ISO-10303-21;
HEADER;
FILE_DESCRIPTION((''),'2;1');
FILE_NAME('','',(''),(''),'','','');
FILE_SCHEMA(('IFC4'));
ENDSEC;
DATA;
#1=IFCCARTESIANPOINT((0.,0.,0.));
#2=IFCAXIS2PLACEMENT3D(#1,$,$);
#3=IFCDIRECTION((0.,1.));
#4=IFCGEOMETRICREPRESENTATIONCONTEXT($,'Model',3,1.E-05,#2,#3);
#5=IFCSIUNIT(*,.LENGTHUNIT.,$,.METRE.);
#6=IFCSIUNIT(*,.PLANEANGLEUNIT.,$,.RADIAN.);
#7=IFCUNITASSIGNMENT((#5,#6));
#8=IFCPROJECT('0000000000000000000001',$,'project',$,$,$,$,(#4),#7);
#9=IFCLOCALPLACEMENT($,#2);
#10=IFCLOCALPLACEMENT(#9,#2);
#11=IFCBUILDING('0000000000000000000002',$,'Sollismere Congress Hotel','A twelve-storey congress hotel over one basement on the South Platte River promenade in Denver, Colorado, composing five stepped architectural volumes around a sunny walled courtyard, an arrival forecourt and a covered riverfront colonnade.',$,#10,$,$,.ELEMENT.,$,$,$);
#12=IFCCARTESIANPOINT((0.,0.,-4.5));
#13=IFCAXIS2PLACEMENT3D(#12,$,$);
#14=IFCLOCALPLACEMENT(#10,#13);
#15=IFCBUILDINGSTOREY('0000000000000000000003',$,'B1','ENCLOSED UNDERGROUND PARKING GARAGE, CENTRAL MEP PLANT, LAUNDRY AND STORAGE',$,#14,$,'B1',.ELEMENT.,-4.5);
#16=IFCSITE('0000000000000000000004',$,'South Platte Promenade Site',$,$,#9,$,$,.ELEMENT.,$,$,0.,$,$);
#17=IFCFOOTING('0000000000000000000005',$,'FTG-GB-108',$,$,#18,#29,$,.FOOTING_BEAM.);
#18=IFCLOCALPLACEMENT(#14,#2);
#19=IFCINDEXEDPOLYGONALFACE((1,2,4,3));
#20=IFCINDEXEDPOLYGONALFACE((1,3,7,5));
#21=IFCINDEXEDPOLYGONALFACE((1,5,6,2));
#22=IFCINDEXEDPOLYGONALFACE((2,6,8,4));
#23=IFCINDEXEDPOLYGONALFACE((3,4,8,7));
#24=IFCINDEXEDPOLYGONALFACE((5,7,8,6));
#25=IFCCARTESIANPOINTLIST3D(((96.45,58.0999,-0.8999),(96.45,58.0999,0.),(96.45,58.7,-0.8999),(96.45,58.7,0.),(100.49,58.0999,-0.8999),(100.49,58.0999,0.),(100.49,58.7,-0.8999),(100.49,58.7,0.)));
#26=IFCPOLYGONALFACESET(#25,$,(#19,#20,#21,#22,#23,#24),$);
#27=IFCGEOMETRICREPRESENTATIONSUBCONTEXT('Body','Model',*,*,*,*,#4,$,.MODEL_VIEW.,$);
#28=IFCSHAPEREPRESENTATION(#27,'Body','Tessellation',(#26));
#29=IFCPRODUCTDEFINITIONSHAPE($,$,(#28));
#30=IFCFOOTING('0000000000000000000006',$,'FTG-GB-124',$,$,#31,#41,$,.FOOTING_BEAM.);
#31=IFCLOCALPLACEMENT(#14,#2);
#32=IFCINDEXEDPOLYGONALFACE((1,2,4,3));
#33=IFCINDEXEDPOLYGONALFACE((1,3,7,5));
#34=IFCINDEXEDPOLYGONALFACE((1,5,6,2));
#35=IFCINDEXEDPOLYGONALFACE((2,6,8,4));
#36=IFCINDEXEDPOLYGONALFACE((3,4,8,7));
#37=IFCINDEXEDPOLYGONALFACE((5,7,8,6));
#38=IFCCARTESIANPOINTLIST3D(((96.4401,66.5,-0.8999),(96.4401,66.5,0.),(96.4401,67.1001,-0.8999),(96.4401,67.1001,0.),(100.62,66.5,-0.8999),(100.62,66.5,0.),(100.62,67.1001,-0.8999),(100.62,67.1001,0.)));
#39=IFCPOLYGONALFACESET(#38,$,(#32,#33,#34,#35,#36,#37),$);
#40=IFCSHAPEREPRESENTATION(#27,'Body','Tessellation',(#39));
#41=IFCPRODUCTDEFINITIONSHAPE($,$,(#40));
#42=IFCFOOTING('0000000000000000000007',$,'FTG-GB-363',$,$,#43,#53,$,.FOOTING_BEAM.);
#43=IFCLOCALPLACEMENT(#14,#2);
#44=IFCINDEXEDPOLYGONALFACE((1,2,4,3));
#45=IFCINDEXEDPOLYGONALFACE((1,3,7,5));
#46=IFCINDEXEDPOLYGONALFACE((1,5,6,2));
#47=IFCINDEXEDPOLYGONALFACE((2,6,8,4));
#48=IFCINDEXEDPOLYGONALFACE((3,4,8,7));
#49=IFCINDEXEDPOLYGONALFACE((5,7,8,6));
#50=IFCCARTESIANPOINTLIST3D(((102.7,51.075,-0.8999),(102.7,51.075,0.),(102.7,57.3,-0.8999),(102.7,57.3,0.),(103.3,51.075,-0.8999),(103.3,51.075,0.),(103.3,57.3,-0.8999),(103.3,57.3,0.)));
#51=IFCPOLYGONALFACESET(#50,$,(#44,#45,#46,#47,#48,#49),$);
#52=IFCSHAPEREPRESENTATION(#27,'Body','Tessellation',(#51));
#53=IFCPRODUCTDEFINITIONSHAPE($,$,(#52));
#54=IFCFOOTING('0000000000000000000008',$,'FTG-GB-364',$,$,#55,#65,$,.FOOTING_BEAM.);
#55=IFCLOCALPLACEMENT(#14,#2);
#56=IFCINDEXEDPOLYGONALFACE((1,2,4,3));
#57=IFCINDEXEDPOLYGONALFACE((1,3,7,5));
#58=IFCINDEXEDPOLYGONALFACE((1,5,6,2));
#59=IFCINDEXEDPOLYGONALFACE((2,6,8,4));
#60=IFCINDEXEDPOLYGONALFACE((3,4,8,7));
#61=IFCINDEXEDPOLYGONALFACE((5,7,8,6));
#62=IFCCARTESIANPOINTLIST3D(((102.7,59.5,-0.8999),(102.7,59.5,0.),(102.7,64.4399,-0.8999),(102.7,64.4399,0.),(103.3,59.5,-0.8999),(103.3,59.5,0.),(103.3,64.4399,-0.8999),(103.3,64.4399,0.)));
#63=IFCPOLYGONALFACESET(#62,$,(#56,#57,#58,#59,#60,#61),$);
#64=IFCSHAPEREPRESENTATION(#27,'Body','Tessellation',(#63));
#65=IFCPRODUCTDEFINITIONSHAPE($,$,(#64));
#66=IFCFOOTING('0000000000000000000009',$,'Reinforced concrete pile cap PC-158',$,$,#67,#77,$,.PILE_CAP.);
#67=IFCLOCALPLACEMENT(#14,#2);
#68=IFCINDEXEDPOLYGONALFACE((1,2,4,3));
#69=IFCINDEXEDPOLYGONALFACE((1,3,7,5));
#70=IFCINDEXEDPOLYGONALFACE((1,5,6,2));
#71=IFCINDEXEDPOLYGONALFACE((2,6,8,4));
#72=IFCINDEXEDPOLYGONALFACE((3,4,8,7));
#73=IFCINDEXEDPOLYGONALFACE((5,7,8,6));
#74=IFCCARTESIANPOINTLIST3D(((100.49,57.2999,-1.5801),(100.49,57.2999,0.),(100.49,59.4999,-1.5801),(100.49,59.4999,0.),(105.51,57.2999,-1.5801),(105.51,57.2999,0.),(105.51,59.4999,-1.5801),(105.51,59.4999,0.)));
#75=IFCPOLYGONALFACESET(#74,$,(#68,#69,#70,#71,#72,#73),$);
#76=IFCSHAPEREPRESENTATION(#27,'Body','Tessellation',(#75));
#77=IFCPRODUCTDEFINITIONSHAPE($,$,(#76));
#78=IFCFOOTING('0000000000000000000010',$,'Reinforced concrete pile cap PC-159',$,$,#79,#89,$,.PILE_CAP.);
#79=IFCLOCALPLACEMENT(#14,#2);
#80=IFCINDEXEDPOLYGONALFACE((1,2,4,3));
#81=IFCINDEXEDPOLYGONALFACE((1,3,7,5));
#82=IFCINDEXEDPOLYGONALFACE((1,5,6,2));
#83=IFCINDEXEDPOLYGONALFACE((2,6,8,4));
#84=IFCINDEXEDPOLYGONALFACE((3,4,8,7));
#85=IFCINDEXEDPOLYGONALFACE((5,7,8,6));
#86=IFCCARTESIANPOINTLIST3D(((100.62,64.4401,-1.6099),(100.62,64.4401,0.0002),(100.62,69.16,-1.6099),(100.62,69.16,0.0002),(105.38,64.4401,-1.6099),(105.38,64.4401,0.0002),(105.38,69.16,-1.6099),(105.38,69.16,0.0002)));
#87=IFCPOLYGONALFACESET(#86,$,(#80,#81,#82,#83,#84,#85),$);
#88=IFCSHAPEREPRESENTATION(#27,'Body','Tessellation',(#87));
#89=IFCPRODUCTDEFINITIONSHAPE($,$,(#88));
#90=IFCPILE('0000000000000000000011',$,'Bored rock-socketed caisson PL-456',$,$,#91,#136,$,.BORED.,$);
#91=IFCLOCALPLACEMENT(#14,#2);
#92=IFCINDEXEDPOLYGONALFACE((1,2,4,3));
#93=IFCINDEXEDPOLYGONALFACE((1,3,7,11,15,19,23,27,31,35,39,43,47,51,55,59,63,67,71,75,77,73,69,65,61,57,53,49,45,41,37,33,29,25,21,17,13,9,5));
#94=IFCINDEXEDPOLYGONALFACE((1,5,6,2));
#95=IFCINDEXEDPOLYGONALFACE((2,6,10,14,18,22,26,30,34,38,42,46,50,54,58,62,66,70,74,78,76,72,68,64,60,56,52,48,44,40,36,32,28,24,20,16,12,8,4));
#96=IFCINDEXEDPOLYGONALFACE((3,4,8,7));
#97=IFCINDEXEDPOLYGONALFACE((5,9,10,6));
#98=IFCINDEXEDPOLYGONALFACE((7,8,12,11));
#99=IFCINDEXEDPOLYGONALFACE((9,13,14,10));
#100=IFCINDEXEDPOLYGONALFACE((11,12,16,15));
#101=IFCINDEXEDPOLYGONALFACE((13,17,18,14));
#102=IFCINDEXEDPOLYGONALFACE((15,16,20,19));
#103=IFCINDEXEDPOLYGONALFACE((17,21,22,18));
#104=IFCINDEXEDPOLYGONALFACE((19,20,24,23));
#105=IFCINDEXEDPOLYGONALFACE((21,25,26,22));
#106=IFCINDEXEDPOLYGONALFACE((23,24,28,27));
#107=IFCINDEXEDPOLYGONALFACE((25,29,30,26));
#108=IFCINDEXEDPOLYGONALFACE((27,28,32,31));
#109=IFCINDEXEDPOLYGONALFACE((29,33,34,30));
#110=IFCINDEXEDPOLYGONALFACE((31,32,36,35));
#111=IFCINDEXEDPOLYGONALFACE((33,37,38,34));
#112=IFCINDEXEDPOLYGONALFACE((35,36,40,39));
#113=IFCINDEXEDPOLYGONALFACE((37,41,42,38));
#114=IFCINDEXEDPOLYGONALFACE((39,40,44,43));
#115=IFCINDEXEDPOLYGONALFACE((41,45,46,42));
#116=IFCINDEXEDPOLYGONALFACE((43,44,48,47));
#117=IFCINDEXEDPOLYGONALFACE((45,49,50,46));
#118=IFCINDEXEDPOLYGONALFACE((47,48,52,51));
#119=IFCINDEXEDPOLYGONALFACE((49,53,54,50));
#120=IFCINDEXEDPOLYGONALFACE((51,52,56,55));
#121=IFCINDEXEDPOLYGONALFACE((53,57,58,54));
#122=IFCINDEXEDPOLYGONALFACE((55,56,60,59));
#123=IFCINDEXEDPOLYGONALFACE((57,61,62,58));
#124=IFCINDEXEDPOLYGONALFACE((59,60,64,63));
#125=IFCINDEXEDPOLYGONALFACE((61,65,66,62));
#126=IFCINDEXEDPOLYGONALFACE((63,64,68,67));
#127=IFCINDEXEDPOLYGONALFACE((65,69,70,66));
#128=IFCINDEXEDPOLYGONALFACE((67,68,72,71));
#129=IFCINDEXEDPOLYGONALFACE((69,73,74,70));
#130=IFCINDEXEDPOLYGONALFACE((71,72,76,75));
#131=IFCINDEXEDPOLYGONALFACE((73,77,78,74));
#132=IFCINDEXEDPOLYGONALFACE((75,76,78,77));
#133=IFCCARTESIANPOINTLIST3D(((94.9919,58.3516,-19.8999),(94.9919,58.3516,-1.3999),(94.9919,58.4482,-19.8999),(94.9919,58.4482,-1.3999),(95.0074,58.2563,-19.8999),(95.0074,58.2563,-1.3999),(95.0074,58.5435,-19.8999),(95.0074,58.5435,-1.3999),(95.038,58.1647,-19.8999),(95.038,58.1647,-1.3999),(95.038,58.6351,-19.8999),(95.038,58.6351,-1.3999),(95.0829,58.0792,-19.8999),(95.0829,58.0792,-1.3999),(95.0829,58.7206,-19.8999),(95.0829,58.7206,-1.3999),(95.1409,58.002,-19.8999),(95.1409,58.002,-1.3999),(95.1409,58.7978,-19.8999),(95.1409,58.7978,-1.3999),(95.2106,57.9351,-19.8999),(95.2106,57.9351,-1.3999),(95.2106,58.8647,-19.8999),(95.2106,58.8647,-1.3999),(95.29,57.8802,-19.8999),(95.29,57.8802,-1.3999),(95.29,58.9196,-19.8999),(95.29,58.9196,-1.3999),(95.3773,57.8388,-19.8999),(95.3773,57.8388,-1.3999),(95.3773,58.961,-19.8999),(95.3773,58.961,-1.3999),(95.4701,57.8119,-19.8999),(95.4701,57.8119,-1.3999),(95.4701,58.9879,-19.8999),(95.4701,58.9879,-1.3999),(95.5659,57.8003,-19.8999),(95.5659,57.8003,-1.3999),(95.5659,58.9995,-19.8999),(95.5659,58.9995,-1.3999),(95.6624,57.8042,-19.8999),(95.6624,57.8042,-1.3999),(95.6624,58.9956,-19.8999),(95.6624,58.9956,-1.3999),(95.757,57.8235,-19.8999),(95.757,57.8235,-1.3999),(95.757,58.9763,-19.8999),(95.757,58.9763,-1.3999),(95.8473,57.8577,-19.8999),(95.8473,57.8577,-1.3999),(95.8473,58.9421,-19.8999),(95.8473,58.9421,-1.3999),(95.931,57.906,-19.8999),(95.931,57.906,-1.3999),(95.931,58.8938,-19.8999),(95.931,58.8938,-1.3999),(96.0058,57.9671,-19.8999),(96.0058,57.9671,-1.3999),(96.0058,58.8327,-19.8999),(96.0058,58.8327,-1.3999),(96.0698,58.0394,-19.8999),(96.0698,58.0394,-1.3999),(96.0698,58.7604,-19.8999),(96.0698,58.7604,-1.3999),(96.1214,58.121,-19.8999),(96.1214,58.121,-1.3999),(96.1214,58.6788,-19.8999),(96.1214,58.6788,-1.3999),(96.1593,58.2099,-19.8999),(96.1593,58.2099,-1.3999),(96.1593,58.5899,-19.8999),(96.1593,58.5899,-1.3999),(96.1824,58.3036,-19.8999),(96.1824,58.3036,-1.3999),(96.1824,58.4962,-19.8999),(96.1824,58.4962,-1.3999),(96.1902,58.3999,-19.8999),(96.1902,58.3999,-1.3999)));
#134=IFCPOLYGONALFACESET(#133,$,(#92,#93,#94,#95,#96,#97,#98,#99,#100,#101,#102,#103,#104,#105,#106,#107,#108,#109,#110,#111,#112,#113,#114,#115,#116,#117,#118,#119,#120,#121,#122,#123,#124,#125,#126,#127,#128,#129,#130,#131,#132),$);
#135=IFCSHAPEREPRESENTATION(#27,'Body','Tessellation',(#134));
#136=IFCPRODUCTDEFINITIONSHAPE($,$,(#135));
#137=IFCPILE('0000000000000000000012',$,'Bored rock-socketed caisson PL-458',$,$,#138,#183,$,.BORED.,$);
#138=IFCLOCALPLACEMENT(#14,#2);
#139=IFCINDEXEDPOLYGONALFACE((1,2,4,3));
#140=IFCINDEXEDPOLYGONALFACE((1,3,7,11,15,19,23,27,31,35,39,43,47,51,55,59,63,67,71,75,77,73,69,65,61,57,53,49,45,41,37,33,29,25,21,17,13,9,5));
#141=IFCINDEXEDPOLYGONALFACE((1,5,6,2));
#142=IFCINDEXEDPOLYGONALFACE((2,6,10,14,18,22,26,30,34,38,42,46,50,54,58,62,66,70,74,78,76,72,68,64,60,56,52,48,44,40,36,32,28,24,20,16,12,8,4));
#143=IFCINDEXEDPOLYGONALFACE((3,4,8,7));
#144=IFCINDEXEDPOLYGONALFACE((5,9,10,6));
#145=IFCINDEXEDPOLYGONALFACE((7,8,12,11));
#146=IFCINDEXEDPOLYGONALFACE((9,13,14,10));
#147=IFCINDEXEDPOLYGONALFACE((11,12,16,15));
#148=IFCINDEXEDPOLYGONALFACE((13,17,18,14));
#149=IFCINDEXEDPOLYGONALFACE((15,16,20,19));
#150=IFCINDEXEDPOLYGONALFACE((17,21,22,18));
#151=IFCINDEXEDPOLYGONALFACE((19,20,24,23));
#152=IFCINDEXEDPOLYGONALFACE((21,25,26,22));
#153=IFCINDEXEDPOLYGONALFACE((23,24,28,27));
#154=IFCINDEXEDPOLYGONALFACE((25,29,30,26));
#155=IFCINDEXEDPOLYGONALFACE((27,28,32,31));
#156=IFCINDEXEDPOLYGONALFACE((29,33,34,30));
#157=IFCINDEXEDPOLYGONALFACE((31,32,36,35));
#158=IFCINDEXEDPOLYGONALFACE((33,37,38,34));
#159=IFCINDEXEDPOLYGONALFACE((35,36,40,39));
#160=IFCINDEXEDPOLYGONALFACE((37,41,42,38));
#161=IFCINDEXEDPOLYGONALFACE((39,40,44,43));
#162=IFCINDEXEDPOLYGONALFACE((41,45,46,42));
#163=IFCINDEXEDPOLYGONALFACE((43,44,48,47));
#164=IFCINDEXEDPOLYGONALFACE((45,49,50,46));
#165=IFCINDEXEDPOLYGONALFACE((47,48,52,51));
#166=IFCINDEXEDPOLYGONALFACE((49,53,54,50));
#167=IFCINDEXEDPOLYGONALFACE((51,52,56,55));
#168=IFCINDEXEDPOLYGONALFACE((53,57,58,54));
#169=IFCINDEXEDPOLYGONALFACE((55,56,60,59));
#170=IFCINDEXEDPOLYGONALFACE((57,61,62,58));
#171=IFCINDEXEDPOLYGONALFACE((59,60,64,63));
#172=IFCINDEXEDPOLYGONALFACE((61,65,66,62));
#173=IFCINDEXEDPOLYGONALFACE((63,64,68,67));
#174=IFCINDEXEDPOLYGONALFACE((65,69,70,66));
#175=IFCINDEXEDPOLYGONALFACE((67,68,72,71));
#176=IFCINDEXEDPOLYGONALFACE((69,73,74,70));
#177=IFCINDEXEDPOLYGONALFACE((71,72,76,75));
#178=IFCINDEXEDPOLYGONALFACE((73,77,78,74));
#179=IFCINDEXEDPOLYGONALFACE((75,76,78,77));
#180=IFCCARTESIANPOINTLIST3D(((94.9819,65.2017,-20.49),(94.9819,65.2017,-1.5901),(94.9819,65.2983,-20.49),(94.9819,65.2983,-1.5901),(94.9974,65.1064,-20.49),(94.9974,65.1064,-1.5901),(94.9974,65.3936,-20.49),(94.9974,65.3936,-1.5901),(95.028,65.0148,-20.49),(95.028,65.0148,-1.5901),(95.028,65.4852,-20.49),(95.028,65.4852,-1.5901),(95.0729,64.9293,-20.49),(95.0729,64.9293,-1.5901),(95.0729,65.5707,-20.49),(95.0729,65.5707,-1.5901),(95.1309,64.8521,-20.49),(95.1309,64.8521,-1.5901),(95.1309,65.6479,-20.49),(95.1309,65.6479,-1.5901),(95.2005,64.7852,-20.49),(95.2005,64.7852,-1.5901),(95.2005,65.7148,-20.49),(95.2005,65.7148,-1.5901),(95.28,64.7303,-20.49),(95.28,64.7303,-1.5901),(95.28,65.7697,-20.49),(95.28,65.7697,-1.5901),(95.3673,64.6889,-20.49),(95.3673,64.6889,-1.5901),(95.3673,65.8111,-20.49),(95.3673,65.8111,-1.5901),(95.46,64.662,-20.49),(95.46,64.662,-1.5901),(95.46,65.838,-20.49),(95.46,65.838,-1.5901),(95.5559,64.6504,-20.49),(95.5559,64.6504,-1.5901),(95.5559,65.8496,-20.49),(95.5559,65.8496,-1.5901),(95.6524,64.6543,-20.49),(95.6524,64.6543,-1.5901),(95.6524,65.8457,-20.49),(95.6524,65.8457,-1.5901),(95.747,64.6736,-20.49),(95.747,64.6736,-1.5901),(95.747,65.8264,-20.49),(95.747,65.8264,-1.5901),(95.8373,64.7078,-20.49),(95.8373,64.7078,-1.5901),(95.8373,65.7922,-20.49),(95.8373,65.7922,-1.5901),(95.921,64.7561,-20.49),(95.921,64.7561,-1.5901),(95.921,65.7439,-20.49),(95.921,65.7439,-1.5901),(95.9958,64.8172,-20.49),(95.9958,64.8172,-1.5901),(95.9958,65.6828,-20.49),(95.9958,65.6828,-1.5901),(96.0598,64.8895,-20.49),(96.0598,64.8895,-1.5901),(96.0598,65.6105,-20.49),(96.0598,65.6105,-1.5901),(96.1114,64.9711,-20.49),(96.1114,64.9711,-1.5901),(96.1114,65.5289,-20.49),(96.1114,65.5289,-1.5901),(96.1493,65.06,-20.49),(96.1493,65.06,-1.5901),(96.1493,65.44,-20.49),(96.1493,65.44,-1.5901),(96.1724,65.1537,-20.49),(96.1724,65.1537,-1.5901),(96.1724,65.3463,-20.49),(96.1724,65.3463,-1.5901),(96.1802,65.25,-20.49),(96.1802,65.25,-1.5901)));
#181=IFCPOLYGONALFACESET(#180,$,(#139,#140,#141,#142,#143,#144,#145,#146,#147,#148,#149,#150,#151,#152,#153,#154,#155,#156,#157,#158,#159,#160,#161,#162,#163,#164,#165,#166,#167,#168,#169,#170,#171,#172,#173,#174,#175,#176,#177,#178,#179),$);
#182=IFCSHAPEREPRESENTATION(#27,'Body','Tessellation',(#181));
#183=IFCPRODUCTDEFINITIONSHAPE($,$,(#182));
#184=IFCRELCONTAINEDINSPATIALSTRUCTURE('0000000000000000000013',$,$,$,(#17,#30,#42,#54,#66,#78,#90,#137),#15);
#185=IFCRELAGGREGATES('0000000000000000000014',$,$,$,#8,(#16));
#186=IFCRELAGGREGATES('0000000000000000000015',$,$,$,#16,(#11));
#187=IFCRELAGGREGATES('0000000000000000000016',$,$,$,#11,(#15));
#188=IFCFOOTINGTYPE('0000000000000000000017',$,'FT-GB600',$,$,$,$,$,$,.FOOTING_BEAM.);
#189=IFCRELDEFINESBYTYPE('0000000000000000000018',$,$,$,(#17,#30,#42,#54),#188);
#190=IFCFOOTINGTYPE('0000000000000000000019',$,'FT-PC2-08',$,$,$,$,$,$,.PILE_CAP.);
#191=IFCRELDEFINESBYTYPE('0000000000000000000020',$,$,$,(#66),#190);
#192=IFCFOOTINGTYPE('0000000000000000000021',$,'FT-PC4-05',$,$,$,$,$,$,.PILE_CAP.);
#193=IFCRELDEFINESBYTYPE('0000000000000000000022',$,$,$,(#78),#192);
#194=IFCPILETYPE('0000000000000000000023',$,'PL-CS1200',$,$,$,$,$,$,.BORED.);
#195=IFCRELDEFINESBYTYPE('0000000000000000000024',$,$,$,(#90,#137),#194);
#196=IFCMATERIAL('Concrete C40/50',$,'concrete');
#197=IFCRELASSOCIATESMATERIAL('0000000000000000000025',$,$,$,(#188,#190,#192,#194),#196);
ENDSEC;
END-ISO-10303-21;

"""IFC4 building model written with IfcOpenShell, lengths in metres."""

from ifc_helpers import new_model, si_unit, direction, frame, origin, origin_2d, place, context, subcontext, project, spatial, rectangle, circle, extrude, material, material_profile, profile_set, type_object, element, save


model = new_model("IFC4")

# Units and contexts
model_context = context("Model", 3, precision=1e-05, world=origin(), true_north=direction((0.0, 1.0)))
body_context = subcontext(model_context, "Body", "Model", "MODEL_VIEW")
ifc_project = project(units=[si_unit("LENGTHUNIT", "METRE"), si_unit("PLANEANGLEUNIT", "RADIAN")], contexts=[model_context])

# Site, building, storey
site_placement = place(None, origin())
site = spatial("IfcSite", under=ifc_project, at=site_placement, Name="South Platte Promenade Site", CompositionType="ELEMENT", RefElevation=0.0)
building_placement = place(site_placement, origin())
building = spatial("IfcBuilding", under=site, at=building_placement, Name="Sollismere Congress Hotel", Description="A twelve-storey congress hotel over one basement on the South Platte River promenade in Denver, Colorado, composing five stepped architectural volumes around a sunny walled courtyard, an arrival forecourt and a covered riverfront colonnade.", CompositionType="ELEMENT")
storey_placement = place(building_placement, frame((0.0, 0.0, -4.5)))
storey = spatial("IfcBuildingStorey", under=building, at=storey_placement, Name="B1", Description="ENCLOSED UNDERGROUND PARKING GARAGE, CENTRAL MEP PLANT, LAUNDRY AND STORAGE", LongName="B1", CompositionType="ELEMENT", Elevation=-4.5)

# Footings
ifc_material_1 = material(Name="Concrete C40/50", Category="concrete")
footing_type_1 = type_object("IfcFootingType", Name="FT-GB600", PredefinedType="FOOTING_BEAM", material=ifc_material_1)
footing_1_placement = place(storey_placement, frame((98.47, 58.3999, -0.8999), z_axis=(0.0, 0.0, 1.0), x_axis=(1.0, 0.0, 0.0)))
element("IfcFooting", 1, at=footing_1_placement, inside=storey, type_object=footing_type_1, Name="FTG-GB-108", PredefinedType="FOOTING_BEAM", context=body_context, shape_type="SweptSolid", body=[
    extrude(rectangle(XDim=4.04, YDim=0.6001, at=origin_2d()), origin(), (0.0, 0.0, 1.0), 0.8999),
])
footing_2_placement = place(storey_placement, frame((98.53, 66.8, -0.8999), z_axis=(0.0, 0.0, 1.0), x_axis=(1.0, 0.0, 0.0)))
element("IfcFooting", 2, at=footing_2_placement, inside=storey, type_object=footing_type_1, Name="FTG-GB-124", PredefinedType="FOOTING_BEAM", context=body_context, shape_type="SweptSolid", body=[
    extrude(rectangle(XDim=4.1799, YDim=0.6001, at=origin_2d()), origin(), (0.0, 0.0, 1.0), 0.8999),
])
footing_3_placement = place(storey_placement, frame((103.0, 54.1875, -0.8999), z_axis=(0.0, 0.0, 1.0), x_axis=(0.0, 1.0, 0.0)))
element("IfcFooting", 3, at=footing_3_placement, inside=storey, type_object=footing_type_1, Name="FTG-GB-363", PredefinedType="FOOTING_BEAM", context=body_context, shape_type="SweptSolid", body=[
    extrude(rectangle(XDim=6.2251, YDim=0.6001, at=origin_2d()), origin(), (0.0, 0.0, 1.0), 0.8999),
])
footing_4_placement = place(storey_placement, frame((103.0, 61.97, -0.8999), z_axis=(0.0, 0.0, 1.0), x_axis=(0.0, 1.0, 0.0)))
element("IfcFooting", 4, at=footing_4_placement, inside=storey, type_object=footing_type_1, Name="FTG-GB-364", PredefinedType="FOOTING_BEAM", context=body_context, shape_type="SweptSolid", body=[
    extrude(rectangle(XDim=4.9399, YDim=0.6001, at=origin_2d()), origin(), (0.0, 0.0, 1.0), 0.8999),
])
footing_type_2 = type_object("IfcFootingType", Name="FT-PC2-08", PredefinedType="PILE_CAP", material=ifc_material_1)
footing_5_placement = place(storey_placement, frame((103.0, 58.3999, -1.5801), z_axis=(0.0, 0.0, 1.0), x_axis=(1.0, 0.0, 0.0)))
element("IfcFooting", 5, at=footing_5_placement, inside=storey, type_object=footing_type_2, Name="Reinforced concrete pile cap PC-158", PredefinedType="PILE_CAP", context=body_context, shape_type="SweptSolid", body=[
    extrude(rectangle(XDim=5.02, YDim=2.2, at=origin_2d()), origin(), (0.0, 0.0, 1.0), 1.5801),
])
footing_type_3 = type_object("IfcFootingType", Name="FT-PC4-05", PredefinedType="PILE_CAP", material=ifc_material_1)
footing_6_placement = place(storey_placement, frame((103.0, 66.8, -1.6099), z_axis=(0.0, 0.0, 1.0), x_axis=(1.0, 0.0, 0.0)))
element("IfcFooting", 6, at=footing_6_placement, inside=storey, type_object=footing_type_3, Name="Reinforced concrete pile cap PC-159", PredefinedType="PILE_CAP", context=body_context, shape_type="SweptSolid", body=[
    extrude(rectangle(XDim=4.76, YDim=4.72, at=origin_2d()), origin(), (0.0, 0.0, 1.0), 1.6101),
])

# Piles
ifc_material_profile_1 = material_profile(ifc_material_1, circle(Radius=0.6001, at=origin_2d()), Name="CAISSON1200")
ifc_profile_set_1 = profile_set([ifc_material_profile_1], Name="Concrete C40/50")
pile_type = type_object("IfcPileType", Name="PL-CS1200", PredefinedType="BORED", material=ifc_profile_set_1)
pile_1_placement = place(storey_placement, frame((95.5901, 58.3999, -1.3999), z_axis=(0.0, 0.0, -1.0), x_axis=(1.0, 0.0, 0.0)))
element("IfcPile", 7, at=pile_1_placement, inside=storey, type_object=pile_type, Name="Bored rock-socketed caisson PL-456", PredefinedType="BORED", context=body_context, shape_type="SweptSolid", body=[
    extrude(circle(Radius=0.6001, at=origin_2d()), origin(), (0.0, 0.0, 1.0), 18.5),
])
for number, where, z_axis, x_axis, name in (
    (8, (95.5801, 65.25, -1.5901), (0.0, 0.0, -1.0), (1.0, 0.0, 0.0), "Bored rock-socketed caisson PL-458"),
):
    element("IfcPile", number, at=place(storey_placement, frame(where, z_axis=z_axis, x_axis=x_axis)), inside=storey, type_object=pile_type, Name=name, PredefinedType="BORED", context=body_context, shape_type="SweptSolid", body=[
        extrude(circle(Radius=0.6001, at=origin_2d()), origin(), (0.0, 0.0, 1.0), 18.8999),
    ])

save(model, "model.ifc")
